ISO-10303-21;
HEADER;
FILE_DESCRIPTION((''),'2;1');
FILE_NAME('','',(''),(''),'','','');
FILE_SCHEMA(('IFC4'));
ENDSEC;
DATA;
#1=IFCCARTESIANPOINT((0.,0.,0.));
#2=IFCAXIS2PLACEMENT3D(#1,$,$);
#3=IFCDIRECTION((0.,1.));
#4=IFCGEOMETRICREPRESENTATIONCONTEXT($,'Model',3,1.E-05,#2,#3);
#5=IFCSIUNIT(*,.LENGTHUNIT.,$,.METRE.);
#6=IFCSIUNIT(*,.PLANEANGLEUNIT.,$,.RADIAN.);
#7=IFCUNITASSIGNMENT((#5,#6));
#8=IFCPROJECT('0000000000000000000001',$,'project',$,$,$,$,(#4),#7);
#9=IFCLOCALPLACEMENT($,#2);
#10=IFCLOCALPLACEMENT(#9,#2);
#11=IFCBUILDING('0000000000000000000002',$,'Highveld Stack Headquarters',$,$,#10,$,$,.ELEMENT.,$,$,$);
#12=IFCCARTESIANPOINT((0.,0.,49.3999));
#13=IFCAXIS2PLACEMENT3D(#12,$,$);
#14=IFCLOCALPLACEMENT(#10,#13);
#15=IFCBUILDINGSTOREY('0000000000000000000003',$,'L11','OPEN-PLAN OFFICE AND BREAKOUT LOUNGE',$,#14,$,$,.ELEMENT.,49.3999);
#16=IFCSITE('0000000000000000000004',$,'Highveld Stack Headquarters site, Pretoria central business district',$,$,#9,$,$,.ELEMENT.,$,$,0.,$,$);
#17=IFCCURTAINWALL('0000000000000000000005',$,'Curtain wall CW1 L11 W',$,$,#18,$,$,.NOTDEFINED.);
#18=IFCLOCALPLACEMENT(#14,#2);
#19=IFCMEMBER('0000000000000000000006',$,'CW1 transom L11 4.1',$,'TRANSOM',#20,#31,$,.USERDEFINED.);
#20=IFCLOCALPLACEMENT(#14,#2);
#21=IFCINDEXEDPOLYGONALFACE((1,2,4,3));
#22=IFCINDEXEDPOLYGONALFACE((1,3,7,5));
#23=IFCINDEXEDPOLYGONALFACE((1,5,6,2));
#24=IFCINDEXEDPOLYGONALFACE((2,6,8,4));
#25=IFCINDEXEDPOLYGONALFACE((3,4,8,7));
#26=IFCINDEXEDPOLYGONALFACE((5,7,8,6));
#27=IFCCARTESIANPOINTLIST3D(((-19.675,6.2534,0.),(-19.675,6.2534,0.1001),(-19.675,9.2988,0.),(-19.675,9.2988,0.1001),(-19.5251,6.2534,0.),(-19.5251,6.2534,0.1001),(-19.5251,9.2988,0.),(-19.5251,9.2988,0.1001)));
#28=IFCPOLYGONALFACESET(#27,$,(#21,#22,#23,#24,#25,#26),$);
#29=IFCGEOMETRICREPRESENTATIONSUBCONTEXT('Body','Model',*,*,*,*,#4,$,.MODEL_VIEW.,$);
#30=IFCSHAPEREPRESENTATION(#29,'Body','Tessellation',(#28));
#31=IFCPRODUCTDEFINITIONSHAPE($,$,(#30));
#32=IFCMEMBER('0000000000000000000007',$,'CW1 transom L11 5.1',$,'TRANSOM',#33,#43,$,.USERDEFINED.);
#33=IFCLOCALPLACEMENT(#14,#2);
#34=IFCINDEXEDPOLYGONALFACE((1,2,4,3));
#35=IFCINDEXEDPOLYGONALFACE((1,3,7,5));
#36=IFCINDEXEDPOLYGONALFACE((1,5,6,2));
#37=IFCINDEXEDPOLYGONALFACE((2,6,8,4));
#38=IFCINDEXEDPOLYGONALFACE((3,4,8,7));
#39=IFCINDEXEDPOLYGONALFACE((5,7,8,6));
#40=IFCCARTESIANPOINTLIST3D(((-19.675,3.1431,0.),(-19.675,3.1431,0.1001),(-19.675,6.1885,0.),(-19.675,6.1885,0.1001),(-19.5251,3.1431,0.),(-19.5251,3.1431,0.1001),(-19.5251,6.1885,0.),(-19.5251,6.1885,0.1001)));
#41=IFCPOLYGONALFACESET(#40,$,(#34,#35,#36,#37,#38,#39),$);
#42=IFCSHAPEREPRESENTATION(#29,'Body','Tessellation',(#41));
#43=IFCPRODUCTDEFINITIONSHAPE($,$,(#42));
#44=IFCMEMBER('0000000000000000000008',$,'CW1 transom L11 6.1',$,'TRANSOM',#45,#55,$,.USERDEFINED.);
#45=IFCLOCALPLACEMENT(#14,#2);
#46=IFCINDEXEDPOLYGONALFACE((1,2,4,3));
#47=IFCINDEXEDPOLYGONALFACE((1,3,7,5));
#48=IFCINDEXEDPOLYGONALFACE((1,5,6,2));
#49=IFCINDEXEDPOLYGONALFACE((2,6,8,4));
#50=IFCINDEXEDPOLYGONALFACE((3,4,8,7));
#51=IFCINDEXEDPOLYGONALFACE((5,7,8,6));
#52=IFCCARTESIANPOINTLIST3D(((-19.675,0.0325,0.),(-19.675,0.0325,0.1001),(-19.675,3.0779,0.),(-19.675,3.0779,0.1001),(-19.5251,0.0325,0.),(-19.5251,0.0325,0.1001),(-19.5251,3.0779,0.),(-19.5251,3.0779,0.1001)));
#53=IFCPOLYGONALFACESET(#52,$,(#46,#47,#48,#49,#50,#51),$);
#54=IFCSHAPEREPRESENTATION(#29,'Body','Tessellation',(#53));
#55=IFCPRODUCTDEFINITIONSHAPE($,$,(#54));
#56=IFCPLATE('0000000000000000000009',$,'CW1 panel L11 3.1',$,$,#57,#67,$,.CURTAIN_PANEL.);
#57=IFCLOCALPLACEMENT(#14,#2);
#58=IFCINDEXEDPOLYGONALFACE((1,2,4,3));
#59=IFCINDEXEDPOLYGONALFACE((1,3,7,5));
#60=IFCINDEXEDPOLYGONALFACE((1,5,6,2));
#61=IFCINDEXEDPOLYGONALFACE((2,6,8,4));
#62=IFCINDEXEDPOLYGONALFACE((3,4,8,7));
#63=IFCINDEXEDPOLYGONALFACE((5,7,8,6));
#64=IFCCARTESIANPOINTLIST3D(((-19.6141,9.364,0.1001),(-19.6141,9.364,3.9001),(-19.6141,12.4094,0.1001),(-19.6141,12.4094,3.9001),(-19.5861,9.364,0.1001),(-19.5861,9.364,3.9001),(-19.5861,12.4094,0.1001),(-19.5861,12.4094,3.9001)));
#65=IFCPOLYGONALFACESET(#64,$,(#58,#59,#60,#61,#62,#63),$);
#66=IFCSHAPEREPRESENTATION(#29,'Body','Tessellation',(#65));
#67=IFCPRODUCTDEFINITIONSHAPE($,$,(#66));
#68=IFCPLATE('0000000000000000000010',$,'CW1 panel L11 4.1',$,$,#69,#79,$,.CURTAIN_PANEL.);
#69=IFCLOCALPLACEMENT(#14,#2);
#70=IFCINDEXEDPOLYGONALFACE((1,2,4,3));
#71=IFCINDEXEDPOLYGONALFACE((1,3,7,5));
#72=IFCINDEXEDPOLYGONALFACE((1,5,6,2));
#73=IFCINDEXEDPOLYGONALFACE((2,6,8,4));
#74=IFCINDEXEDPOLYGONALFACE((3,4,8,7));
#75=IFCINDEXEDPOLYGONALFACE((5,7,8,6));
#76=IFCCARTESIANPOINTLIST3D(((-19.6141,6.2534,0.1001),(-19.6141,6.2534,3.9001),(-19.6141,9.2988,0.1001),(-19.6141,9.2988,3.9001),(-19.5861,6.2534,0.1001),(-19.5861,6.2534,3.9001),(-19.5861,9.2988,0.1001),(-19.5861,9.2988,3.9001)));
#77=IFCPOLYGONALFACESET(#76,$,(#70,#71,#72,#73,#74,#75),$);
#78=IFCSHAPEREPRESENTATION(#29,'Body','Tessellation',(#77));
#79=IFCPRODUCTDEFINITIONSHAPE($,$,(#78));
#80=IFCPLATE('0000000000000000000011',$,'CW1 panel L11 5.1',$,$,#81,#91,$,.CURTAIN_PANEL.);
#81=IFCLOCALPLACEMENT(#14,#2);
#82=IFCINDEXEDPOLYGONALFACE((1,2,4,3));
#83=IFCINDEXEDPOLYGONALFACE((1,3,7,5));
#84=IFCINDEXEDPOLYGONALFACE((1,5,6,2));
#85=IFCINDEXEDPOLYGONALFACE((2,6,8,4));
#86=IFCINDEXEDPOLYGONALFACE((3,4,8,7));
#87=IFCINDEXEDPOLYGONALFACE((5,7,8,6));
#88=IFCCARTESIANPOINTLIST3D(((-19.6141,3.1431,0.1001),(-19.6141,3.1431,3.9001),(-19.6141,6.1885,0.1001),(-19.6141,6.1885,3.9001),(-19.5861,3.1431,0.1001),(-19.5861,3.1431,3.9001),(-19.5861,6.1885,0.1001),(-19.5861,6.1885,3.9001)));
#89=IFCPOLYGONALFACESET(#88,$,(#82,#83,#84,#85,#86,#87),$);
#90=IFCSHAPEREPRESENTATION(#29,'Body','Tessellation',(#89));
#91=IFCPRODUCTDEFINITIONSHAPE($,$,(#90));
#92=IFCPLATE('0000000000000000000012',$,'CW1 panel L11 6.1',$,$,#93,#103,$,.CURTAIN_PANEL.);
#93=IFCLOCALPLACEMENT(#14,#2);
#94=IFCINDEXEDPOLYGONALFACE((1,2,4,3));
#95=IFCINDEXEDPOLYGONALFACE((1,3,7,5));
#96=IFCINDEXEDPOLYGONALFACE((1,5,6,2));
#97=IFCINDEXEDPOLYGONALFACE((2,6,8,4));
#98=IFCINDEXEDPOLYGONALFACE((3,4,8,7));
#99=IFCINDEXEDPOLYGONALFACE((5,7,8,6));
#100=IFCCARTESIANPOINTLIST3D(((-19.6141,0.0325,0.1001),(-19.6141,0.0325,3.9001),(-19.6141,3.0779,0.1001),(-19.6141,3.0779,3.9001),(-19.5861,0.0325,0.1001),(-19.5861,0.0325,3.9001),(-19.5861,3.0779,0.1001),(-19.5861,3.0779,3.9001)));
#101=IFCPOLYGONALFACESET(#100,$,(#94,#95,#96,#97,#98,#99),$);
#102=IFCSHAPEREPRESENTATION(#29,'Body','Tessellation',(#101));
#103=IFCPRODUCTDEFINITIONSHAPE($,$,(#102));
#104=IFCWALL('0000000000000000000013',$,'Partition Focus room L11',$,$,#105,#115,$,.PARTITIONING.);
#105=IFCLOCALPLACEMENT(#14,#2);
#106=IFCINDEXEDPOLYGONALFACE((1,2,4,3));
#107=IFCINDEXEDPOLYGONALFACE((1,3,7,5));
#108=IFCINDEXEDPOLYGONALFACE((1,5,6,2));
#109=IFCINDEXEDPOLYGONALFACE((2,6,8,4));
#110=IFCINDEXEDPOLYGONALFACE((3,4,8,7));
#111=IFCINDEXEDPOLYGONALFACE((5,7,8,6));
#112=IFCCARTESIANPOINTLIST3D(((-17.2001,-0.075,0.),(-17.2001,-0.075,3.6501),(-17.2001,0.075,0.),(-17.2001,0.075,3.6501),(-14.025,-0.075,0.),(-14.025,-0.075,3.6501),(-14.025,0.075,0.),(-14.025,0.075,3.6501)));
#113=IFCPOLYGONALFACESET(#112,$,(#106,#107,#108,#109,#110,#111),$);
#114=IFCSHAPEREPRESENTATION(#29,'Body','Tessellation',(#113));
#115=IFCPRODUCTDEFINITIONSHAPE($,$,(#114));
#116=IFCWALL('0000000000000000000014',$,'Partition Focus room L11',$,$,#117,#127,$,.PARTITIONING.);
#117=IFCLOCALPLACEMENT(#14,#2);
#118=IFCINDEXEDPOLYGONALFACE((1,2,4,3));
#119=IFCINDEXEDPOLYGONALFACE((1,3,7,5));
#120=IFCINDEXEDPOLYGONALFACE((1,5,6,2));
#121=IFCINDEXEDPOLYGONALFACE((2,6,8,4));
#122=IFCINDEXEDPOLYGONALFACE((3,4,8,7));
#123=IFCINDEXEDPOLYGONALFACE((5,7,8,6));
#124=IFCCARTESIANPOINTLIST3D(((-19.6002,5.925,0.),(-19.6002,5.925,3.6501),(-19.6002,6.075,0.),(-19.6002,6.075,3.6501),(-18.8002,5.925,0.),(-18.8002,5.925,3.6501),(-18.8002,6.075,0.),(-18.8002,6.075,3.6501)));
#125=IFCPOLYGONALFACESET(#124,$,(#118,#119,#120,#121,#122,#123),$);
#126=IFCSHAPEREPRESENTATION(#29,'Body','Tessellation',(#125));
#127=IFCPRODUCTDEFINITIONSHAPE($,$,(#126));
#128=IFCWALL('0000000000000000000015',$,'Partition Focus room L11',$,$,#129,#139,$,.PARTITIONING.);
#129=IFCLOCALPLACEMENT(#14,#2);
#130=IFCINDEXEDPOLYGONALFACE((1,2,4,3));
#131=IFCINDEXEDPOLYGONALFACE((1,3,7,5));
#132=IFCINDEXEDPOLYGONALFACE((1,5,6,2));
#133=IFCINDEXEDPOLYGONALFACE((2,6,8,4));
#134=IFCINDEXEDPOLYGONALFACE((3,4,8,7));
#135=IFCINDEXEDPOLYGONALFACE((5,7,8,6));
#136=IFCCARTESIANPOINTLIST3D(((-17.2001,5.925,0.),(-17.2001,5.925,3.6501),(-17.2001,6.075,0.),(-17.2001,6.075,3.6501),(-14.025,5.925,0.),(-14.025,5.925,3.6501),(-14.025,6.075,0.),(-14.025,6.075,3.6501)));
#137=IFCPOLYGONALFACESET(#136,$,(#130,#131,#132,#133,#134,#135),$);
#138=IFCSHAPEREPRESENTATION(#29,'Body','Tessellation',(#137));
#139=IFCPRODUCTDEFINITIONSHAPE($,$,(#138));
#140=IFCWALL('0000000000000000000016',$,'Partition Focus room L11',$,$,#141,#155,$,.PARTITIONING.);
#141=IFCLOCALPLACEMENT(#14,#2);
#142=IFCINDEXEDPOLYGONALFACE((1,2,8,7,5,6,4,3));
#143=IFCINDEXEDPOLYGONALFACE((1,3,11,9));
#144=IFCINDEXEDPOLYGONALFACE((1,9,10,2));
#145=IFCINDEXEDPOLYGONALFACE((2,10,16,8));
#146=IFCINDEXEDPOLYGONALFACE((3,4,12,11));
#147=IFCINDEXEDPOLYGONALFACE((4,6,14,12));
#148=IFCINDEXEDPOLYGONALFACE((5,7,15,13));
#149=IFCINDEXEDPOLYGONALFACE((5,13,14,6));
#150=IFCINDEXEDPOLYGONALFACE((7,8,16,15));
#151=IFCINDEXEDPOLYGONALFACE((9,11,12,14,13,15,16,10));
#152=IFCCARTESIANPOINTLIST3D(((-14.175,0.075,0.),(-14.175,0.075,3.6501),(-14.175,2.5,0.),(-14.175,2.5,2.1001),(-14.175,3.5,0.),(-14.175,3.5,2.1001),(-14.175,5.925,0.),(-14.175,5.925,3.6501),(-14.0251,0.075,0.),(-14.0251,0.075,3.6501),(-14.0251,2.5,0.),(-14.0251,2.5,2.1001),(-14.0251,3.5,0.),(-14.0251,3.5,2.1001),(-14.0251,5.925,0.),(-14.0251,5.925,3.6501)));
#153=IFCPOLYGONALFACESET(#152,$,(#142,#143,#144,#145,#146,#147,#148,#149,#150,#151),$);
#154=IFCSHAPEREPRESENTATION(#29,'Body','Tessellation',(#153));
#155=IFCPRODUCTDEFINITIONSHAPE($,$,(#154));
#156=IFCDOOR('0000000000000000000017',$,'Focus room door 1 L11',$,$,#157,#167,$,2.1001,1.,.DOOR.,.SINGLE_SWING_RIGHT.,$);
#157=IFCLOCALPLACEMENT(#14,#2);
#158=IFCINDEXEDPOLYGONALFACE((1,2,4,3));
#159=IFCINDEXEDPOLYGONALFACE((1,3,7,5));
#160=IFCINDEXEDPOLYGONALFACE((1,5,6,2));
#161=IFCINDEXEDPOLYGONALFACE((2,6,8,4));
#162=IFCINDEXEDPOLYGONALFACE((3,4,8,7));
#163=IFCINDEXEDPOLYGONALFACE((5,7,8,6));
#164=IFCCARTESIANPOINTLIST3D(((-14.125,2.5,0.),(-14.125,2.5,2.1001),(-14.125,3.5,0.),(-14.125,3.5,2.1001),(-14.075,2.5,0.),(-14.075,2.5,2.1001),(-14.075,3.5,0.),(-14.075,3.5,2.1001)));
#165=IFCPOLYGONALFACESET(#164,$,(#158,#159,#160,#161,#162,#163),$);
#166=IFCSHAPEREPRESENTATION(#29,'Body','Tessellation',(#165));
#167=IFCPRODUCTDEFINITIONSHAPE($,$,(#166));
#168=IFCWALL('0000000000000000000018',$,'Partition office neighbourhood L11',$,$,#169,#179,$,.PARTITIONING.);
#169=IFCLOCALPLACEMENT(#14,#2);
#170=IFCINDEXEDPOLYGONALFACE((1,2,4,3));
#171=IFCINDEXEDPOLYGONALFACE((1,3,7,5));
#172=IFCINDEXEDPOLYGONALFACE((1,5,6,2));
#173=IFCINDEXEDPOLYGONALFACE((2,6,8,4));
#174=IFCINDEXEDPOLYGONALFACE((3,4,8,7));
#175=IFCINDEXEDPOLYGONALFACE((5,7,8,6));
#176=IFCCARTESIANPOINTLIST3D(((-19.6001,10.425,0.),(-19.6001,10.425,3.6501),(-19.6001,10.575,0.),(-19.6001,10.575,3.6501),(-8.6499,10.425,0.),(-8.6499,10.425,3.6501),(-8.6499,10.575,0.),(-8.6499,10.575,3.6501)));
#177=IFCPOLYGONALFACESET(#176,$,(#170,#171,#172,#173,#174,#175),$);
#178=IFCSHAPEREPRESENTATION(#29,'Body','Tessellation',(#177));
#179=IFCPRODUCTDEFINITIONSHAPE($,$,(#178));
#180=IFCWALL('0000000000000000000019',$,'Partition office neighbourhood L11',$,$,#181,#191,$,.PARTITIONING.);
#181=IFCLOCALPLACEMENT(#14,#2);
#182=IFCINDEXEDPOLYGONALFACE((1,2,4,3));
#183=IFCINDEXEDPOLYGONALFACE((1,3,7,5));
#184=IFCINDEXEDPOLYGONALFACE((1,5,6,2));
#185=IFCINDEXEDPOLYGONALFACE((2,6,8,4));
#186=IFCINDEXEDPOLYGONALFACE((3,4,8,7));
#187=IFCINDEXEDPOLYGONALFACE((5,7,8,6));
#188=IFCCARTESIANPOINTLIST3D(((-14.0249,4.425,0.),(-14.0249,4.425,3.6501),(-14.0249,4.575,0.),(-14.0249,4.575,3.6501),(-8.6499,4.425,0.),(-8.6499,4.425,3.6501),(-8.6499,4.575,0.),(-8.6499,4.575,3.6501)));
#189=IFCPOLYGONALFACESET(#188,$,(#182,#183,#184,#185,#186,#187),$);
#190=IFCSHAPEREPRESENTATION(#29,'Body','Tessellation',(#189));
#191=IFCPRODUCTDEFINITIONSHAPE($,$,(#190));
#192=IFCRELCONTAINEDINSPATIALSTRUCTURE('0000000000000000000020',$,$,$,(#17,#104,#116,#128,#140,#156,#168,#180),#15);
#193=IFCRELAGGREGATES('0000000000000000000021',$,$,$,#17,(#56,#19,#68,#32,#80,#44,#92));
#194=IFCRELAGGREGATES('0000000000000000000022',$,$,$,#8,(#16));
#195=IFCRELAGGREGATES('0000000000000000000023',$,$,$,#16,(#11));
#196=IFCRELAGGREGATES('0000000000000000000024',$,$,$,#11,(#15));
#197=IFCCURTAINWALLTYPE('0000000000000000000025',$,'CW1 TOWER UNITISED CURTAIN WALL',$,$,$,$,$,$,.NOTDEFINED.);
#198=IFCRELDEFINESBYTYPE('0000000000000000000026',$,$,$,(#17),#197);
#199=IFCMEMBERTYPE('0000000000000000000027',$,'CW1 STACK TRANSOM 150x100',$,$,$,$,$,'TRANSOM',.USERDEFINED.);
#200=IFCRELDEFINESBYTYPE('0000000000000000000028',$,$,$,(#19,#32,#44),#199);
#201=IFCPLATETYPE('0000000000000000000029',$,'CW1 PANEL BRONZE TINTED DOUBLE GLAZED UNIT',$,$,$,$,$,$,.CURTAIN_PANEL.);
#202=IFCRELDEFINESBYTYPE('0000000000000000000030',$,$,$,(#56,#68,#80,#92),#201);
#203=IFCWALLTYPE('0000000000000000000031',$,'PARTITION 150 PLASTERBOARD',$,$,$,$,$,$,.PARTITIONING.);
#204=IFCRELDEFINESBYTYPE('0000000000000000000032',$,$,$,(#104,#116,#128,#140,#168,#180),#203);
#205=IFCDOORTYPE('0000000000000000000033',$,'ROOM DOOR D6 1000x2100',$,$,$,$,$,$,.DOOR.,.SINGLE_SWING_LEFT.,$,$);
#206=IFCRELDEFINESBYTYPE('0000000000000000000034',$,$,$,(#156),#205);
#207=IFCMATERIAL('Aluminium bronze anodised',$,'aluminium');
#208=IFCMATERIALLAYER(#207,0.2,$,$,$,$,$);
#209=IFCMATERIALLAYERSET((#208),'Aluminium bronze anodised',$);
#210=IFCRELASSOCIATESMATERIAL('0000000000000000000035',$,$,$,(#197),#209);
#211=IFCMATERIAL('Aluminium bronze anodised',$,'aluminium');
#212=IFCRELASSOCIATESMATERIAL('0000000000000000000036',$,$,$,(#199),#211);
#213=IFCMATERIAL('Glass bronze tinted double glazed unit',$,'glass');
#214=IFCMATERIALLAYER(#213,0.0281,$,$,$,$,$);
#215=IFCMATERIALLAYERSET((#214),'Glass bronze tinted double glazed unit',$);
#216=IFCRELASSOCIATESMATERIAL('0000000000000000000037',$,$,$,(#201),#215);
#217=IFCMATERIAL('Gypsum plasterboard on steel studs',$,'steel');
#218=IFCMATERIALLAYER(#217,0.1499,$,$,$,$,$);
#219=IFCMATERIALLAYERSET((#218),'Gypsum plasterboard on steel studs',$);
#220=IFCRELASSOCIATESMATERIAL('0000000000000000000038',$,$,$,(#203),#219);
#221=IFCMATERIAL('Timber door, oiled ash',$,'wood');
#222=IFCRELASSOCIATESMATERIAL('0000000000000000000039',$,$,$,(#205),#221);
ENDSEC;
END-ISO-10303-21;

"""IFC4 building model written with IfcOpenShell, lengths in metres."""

from ifc_helpers import new_model, si_unit, direction, frame, frame_2d, origin, origin_2d, place, context, subcontext, project, spatial, rectangle, extrude, material, layer, layer_set, material_profile, profile_set, type_object, element, fill, aggregate, save


model = new_model("IFC4")

# Units and contexts
model_context = context("Model", 3, precision=1e-05, world=origin(), true_north=direction((0.0, 1.0)))
body_context = subcontext(model_context, "Body", "Model", "MODEL_VIEW")
ifc_project = project(units=[si_unit("LENGTHUNIT", "METRE"), si_unit("PLANEANGLEUNIT", "RADIAN")], contexts=[model_context])

# Site, building, storey
site_placement = place(None, origin())
site = spatial("IfcSite", under=ifc_project, at=site_placement, Name="Highveld Stack Headquarters site, Pretoria central business district", CompositionType="ELEMENT", RefElevation=0.0)
building_placement = place(site_placement, origin())
building = spatial("IfcBuilding", under=site, at=building_placement, Name="Highveld Stack Headquarters", CompositionType="ELEMENT")
storey_placement = place(building_placement, frame((0.0, 0.0, 49.3999)))
storey = spatial("IfcBuildingStorey", under=building, at=storey_placement, Name="L11", Description="OPEN-PLAN OFFICE AND BREAKOUT LOUNGE", CompositionType="ELEMENT", Elevation=49.3999)

# Curtain wall, members, plates
ifc_material_1 = material(Name="Aluminium bronze anodised", Category="aluminium")
ifc_layer_1 = layer(ifc_material_1, 0.2)
ifc_layer_set_1 = layer_set([ifc_layer_1], Name="Aluminium bronze anodised")
curtain_wall_type = type_object("IfcCurtainWallType", Name="CW1 TOWER UNITISED CURTAIN WALL", PredefinedType="NOTDEFINED", material=ifc_layer_set_1)
curtain_wall_placement = place(storey_placement, origin())
curtain_wall = element("IfcCurtainWall", 1, at=curtain_wall_placement, inside=storey, type_object=curtain_wall_type, Name="Curtain wall CW1 L11 W", PredefinedType="NOTDEFINED")
ifc_material_2 = material(Name="Aluminium bronze anodised", Category="aluminium")
ifc_material_profile_1 = material_profile(ifc_material_2, rectangle(XDim=0.1499, YDim=0.1001, at=origin_2d()), Name="CW1 TRANSOM 150x100")
ifc_profile_set_1 = profile_set([ifc_material_profile_1], Name="Aluminium bronze anodised")
member_type_1 = type_object("IfcMemberType", Name="CW1 STACK TRANSOM 150x100", ElementType="TRANSOM", PredefinedType="USERDEFINED", material=ifc_profile_set_1)
member_1_placement = place(storey_placement, frame((-19.6001, 9.2988, 0.05), z_axis=(0.0, -1.0, 0.0), x_axis=(1.0, 0.0, 0.0)))
member_1 = element("IfcMember", 2, at=member_1_placement, type_object=member_type_1, Name="CW1 transom L11 4.1", ObjectType="TRANSOM", PredefinedType="USERDEFINED", context=body_context, shape_type="SweptSolid", body=[
    extrude(rectangle(XDim=0.1499, YDim=0.1001, at=origin_2d()), origin(), (0.0, 0.0, 1.0), 3.0454),
])
member_2_placement = place(storey_placement, frame((-19.6001, 6.1885, 0.05), z_axis=(0.0, -1.0, 0.0), x_axis=(1.0, 0.0, 0.0)))
member_2 = element("IfcMember", 3, at=member_2_placement, type_object=member_type_1, Name="CW1 transom L11 5.1", ObjectType="TRANSOM", PredefinedType="USERDEFINED", context=body_context, shape_type="SweptSolid", body=[
    extrude(rectangle(XDim=0.1499, YDim=0.1001, at=origin_2d()), origin(), (0.0, 0.0, 1.0), 3.0454),
])
member_3_placement = place(storey_placement, frame((-19.6001, 3.0779, 0.05), z_axis=(0.0, -1.0, 0.0), x_axis=(1.0, 0.0, 0.0)))
member_3 = element("IfcMember", 4, at=member_3_placement, type_object=member_type_1, Name="CW1 transom L11 6.1", ObjectType="TRANSOM", PredefinedType="USERDEFINED", context=body_context, shape_type="SweptSolid", body=[
    extrude(rectangle(XDim=0.1499, YDim=0.1001, at=origin_2d()), origin(), (0.0, 0.0, 1.0), 3.0454),
])
ifc_material_3 = material(Name="Glass bronze tinted double glazed unit", Category="glass")
ifc_layer_2 = layer(ifc_material_3, 0.0281)
ifc_layer_set_2 = layer_set([ifc_layer_2], Name="Glass bronze tinted double glazed unit")
plate_type = type_object("IfcPlateType", Name="CW1 PANEL BRONZE TINTED DOUBLE GLAZED UNIT", PredefinedType="CURTAIN_PANEL", material=ifc_layer_set_2)
plate_1_placement = place(storey_placement, frame((-19.6001, 10.8867, 0.1001), z_axis=(0.0, 0.0, 1.0), x_axis=(0.0, -1.0, 0.0)))
plate_1 = element("IfcPlate", 5, at=plate_1_placement, type_object=plate_type, Name="CW1 panel L11 3.1", PredefinedType="CURTAIN_PANEL", context=body_context, shape_type="SweptSolid", body=[
    extrude(rectangle(XDim=3.0454, YDim=0.0281, at=origin_2d()), origin(), (0.0, 0.0, 1.0), 3.8),
])
plate_2_placement = place(storey_placement, frame((-19.6001, 7.7761, 0.1001), z_axis=(0.0, 0.0, 1.0), x_axis=(0.0, -1.0, 0.0)))
plate_2 = element("IfcPlate", 6, at=plate_2_placement, type_object=plate_type, Name="CW1 panel L11 4.1", PredefinedType="CURTAIN_PANEL", context=body_context, shape_type="SweptSolid", body=[
    extrude(rectangle(XDim=3.0454, YDim=0.0281, at=origin_2d()), origin(), (0.0, 0.0, 1.0), 3.8),
])
plate_3_placement = place(storey_placement, frame((-19.6001, 4.6658, 0.1001), z_axis=(0.0, 0.0, 1.0), x_axis=(0.0, -1.0, 0.0)))
plate_3 = element("IfcPlate", 7, at=plate_3_placement, type_object=plate_type, Name="CW1 panel L11 5.1", PredefinedType="CURTAIN_PANEL", context=body_context, shape_type="SweptSolid", body=[
    extrude(rectangle(XDim=3.0454, YDim=0.0281, at=origin_2d()), origin(), (0.0, 0.0, 1.0), 3.8),
])
plate_4_placement = place(storey_placement, frame((-19.6001, 1.5552, 0.1001), z_axis=(0.0, 0.0, 1.0), x_axis=(0.0, -1.0, 0.0)))
plate_4 = element("IfcPlate", 8, at=plate_4_placement, type_object=plate_type, Name="CW1 panel L11 6.1", PredefinedType="CURTAIN_PANEL", context=body_context, shape_type="SweptSolid", body=[
    extrude(rectangle(XDim=3.0454, YDim=0.0281, at=origin_2d()), origin(), (0.0, 0.0, 1.0), 3.8),
])
aggregate(curtain_wall, [plate_1, member_1, plate_2, member_2, plate_3, member_3, plate_4])

# Walls
ifc_material_4 = material(Name="Gypsum plasterboard on steel studs", Category="steel")
ifc_layer_3 = layer(ifc_material_4, 0.1499)
ifc_layer_set_3 = layer_set([ifc_layer_3], Name="Gypsum plasterboard on steel studs")
wall_type = type_object("IfcWallType", Name="PARTITION 150 PLASTERBOARD", PredefinedType="PARTITIONING", material=ifc_layer_set_3)
wall_1_placement = place(storey_placement, frame((-17.2, 0.0, 0.0), z_axis=(0.0, 0.0, 1.0), x_axis=(1.0, 0.0, 0.0)))
element("IfcWall", 9, at=wall_1_placement, inside=storey, type_object=wall_type, Name="Partition Focus room L11", PredefinedType="PARTITIONING", context=body_context, shape_type="SweptSolid", body=[
    extrude(rectangle(XDim=3.175, YDim=0.1499, at=frame_2d((1.5874, 0.0))), origin(), (0.0, 0.0, 1.0), 3.6501),
])
wall_2_placement = place(storey_placement, frame((-19.6001, 6.0, 0.0), z_axis=(0.0, 0.0, 1.0), x_axis=(1.0, 0.0, 0.0)))
element("IfcWall", 10, at=wall_2_placement, inside=storey, type_object=wall_type, Name="Partition Focus room L11", PredefinedType="PARTITIONING", context=body_context, shape_type="SweptSolid", body=[
    extrude(rectangle(XDim=0.8, YDim=0.1499, at=frame_2d((0.3999, 0.0))), origin(), (0.0, 0.0, 1.0), 3.6501),
])
wall_3_placement = place(storey_placement, frame((-17.2, 6.0, 0.0), z_axis=(0.0, 0.0, 1.0), x_axis=(1.0, 0.0, 0.0)))
element("IfcWall", 11, at=wall_3_placement, inside=storey, type_object=wall_type, Name="Partition Focus room L11", PredefinedType="PARTITIONING", context=body_context, shape_type="SweptSolid", body=[
    extrude(rectangle(XDim=3.175, YDim=0.1499, at=frame_2d((1.5874, 0.0))), origin(), (0.0, 0.0, 1.0), 3.6501),
])

# Wall, opening, door
wall_4_placement = place(storey_placement, frame((-14.1001, 0.075, 0.0), z_axis=(0.0, 0.0, 1.0), x_axis=(0.0, 1.0, 0.0)))
wall_4 = element("IfcWall", 12, at=wall_4_placement, inside=storey, type_object=wall_type, Name="Partition Focus room L11", PredefinedType="PARTITIONING", context=body_context, shape_type="SweptSolid", body=[
    extrude(rectangle(XDim=5.8501, YDim=0.1499, at=frame_2d((2.925, 0.0))), origin(), (0.0, 0.0, 1.0), 3.6501),
])
opening_placement = place(wall_4_placement, frame((2.425, 0.0, 0.0)))
opening = element("IfcOpeningElement", 13, at=opening_placement, cuts=wall_4, PredefinedType="OPENING", context=body_context, shape_type="SweptSolid", body=[
    extrude(rectangle(XDim=1.0, YDim=2.1001, at=frame_2d((0.5, 1.05))), frame((0.0, 0.085, 0.0), z_axis=(0.0, -1.0, 0.0), x_axis=(1.0, 0.0, 0.0)), (0.0, 0.0, 1.0), 0.1699),
])
ifc_material_5 = material(Name="Timber door, oiled ash", Category="wood")
door_type = type_object("IfcDoorType", Name="ROOM DOOR D6 1000x2100", OperationType="SINGLE_SWING_LEFT", PredefinedType="DOOR", material=ifc_material_5)
door_placement = place(opening_placement, origin())
door = element("IfcDoor", 14, at=door_placement, inside=storey, type_object=door_type, Name="Focus room door 1 L11", OperationType="SINGLE_SWING_RIGHT", OverallHeight=2.1001, OverallWidth=1.0, PredefinedType="DOOR", context=body_context, shape_type="SweptSolid", body=[
    extrude(rectangle(XDim=1.0, YDim=2.1001, at=frame_2d((0.5, 1.05))), frame((0.0, 0.0249, 0.0), z_axis=(0.0, -1.0, 0.0), x_axis=(1.0, 0.0, 0.0)), (0.0, 0.0, 1.0), 0.05),
])
fill(opening, door)

# Walls
wall_5_placement = place(storey_placement, frame((-19.6001, 10.5, 0.0), z_axis=(0.0, 0.0, 1.0), x_axis=(1.0, 0.0, 0.0)))
element("IfcWall", 15, at=wall_5_placement, inside=storey, type_object=wall_type, Name="Partition office neighbourhood L11", PredefinedType="PARTITIONING", context=body_context, shape_type="SweptSolid", body=[
    extrude(rectangle(XDim=10.9502, YDim=0.1499, at=frame_2d((5.4751, 0.0))), origin(), (0.0, 0.0, 1.0), 3.6501),
])
wall_6_placement = place(storey_placement, frame((-14.0249, 4.5, 0.0), z_axis=(0.0, 0.0, 1.0), x_axis=(1.0, 0.0, 0.0)))
element("IfcWall", 16, at=wall_6_placement, inside=storey, type_object=wall_type, Name="Partition office neighbourhood L11", PredefinedType="PARTITIONING", context=body_context, shape_type="SweptSolid", body=[
    extrude(rectangle(XDim=5.375, YDim=0.1499, at=frame_2d((2.6875, 0.0))), origin(), (0.0, 0.0, 1.0), 3.6501),
])

save(model, "model.ifc")
